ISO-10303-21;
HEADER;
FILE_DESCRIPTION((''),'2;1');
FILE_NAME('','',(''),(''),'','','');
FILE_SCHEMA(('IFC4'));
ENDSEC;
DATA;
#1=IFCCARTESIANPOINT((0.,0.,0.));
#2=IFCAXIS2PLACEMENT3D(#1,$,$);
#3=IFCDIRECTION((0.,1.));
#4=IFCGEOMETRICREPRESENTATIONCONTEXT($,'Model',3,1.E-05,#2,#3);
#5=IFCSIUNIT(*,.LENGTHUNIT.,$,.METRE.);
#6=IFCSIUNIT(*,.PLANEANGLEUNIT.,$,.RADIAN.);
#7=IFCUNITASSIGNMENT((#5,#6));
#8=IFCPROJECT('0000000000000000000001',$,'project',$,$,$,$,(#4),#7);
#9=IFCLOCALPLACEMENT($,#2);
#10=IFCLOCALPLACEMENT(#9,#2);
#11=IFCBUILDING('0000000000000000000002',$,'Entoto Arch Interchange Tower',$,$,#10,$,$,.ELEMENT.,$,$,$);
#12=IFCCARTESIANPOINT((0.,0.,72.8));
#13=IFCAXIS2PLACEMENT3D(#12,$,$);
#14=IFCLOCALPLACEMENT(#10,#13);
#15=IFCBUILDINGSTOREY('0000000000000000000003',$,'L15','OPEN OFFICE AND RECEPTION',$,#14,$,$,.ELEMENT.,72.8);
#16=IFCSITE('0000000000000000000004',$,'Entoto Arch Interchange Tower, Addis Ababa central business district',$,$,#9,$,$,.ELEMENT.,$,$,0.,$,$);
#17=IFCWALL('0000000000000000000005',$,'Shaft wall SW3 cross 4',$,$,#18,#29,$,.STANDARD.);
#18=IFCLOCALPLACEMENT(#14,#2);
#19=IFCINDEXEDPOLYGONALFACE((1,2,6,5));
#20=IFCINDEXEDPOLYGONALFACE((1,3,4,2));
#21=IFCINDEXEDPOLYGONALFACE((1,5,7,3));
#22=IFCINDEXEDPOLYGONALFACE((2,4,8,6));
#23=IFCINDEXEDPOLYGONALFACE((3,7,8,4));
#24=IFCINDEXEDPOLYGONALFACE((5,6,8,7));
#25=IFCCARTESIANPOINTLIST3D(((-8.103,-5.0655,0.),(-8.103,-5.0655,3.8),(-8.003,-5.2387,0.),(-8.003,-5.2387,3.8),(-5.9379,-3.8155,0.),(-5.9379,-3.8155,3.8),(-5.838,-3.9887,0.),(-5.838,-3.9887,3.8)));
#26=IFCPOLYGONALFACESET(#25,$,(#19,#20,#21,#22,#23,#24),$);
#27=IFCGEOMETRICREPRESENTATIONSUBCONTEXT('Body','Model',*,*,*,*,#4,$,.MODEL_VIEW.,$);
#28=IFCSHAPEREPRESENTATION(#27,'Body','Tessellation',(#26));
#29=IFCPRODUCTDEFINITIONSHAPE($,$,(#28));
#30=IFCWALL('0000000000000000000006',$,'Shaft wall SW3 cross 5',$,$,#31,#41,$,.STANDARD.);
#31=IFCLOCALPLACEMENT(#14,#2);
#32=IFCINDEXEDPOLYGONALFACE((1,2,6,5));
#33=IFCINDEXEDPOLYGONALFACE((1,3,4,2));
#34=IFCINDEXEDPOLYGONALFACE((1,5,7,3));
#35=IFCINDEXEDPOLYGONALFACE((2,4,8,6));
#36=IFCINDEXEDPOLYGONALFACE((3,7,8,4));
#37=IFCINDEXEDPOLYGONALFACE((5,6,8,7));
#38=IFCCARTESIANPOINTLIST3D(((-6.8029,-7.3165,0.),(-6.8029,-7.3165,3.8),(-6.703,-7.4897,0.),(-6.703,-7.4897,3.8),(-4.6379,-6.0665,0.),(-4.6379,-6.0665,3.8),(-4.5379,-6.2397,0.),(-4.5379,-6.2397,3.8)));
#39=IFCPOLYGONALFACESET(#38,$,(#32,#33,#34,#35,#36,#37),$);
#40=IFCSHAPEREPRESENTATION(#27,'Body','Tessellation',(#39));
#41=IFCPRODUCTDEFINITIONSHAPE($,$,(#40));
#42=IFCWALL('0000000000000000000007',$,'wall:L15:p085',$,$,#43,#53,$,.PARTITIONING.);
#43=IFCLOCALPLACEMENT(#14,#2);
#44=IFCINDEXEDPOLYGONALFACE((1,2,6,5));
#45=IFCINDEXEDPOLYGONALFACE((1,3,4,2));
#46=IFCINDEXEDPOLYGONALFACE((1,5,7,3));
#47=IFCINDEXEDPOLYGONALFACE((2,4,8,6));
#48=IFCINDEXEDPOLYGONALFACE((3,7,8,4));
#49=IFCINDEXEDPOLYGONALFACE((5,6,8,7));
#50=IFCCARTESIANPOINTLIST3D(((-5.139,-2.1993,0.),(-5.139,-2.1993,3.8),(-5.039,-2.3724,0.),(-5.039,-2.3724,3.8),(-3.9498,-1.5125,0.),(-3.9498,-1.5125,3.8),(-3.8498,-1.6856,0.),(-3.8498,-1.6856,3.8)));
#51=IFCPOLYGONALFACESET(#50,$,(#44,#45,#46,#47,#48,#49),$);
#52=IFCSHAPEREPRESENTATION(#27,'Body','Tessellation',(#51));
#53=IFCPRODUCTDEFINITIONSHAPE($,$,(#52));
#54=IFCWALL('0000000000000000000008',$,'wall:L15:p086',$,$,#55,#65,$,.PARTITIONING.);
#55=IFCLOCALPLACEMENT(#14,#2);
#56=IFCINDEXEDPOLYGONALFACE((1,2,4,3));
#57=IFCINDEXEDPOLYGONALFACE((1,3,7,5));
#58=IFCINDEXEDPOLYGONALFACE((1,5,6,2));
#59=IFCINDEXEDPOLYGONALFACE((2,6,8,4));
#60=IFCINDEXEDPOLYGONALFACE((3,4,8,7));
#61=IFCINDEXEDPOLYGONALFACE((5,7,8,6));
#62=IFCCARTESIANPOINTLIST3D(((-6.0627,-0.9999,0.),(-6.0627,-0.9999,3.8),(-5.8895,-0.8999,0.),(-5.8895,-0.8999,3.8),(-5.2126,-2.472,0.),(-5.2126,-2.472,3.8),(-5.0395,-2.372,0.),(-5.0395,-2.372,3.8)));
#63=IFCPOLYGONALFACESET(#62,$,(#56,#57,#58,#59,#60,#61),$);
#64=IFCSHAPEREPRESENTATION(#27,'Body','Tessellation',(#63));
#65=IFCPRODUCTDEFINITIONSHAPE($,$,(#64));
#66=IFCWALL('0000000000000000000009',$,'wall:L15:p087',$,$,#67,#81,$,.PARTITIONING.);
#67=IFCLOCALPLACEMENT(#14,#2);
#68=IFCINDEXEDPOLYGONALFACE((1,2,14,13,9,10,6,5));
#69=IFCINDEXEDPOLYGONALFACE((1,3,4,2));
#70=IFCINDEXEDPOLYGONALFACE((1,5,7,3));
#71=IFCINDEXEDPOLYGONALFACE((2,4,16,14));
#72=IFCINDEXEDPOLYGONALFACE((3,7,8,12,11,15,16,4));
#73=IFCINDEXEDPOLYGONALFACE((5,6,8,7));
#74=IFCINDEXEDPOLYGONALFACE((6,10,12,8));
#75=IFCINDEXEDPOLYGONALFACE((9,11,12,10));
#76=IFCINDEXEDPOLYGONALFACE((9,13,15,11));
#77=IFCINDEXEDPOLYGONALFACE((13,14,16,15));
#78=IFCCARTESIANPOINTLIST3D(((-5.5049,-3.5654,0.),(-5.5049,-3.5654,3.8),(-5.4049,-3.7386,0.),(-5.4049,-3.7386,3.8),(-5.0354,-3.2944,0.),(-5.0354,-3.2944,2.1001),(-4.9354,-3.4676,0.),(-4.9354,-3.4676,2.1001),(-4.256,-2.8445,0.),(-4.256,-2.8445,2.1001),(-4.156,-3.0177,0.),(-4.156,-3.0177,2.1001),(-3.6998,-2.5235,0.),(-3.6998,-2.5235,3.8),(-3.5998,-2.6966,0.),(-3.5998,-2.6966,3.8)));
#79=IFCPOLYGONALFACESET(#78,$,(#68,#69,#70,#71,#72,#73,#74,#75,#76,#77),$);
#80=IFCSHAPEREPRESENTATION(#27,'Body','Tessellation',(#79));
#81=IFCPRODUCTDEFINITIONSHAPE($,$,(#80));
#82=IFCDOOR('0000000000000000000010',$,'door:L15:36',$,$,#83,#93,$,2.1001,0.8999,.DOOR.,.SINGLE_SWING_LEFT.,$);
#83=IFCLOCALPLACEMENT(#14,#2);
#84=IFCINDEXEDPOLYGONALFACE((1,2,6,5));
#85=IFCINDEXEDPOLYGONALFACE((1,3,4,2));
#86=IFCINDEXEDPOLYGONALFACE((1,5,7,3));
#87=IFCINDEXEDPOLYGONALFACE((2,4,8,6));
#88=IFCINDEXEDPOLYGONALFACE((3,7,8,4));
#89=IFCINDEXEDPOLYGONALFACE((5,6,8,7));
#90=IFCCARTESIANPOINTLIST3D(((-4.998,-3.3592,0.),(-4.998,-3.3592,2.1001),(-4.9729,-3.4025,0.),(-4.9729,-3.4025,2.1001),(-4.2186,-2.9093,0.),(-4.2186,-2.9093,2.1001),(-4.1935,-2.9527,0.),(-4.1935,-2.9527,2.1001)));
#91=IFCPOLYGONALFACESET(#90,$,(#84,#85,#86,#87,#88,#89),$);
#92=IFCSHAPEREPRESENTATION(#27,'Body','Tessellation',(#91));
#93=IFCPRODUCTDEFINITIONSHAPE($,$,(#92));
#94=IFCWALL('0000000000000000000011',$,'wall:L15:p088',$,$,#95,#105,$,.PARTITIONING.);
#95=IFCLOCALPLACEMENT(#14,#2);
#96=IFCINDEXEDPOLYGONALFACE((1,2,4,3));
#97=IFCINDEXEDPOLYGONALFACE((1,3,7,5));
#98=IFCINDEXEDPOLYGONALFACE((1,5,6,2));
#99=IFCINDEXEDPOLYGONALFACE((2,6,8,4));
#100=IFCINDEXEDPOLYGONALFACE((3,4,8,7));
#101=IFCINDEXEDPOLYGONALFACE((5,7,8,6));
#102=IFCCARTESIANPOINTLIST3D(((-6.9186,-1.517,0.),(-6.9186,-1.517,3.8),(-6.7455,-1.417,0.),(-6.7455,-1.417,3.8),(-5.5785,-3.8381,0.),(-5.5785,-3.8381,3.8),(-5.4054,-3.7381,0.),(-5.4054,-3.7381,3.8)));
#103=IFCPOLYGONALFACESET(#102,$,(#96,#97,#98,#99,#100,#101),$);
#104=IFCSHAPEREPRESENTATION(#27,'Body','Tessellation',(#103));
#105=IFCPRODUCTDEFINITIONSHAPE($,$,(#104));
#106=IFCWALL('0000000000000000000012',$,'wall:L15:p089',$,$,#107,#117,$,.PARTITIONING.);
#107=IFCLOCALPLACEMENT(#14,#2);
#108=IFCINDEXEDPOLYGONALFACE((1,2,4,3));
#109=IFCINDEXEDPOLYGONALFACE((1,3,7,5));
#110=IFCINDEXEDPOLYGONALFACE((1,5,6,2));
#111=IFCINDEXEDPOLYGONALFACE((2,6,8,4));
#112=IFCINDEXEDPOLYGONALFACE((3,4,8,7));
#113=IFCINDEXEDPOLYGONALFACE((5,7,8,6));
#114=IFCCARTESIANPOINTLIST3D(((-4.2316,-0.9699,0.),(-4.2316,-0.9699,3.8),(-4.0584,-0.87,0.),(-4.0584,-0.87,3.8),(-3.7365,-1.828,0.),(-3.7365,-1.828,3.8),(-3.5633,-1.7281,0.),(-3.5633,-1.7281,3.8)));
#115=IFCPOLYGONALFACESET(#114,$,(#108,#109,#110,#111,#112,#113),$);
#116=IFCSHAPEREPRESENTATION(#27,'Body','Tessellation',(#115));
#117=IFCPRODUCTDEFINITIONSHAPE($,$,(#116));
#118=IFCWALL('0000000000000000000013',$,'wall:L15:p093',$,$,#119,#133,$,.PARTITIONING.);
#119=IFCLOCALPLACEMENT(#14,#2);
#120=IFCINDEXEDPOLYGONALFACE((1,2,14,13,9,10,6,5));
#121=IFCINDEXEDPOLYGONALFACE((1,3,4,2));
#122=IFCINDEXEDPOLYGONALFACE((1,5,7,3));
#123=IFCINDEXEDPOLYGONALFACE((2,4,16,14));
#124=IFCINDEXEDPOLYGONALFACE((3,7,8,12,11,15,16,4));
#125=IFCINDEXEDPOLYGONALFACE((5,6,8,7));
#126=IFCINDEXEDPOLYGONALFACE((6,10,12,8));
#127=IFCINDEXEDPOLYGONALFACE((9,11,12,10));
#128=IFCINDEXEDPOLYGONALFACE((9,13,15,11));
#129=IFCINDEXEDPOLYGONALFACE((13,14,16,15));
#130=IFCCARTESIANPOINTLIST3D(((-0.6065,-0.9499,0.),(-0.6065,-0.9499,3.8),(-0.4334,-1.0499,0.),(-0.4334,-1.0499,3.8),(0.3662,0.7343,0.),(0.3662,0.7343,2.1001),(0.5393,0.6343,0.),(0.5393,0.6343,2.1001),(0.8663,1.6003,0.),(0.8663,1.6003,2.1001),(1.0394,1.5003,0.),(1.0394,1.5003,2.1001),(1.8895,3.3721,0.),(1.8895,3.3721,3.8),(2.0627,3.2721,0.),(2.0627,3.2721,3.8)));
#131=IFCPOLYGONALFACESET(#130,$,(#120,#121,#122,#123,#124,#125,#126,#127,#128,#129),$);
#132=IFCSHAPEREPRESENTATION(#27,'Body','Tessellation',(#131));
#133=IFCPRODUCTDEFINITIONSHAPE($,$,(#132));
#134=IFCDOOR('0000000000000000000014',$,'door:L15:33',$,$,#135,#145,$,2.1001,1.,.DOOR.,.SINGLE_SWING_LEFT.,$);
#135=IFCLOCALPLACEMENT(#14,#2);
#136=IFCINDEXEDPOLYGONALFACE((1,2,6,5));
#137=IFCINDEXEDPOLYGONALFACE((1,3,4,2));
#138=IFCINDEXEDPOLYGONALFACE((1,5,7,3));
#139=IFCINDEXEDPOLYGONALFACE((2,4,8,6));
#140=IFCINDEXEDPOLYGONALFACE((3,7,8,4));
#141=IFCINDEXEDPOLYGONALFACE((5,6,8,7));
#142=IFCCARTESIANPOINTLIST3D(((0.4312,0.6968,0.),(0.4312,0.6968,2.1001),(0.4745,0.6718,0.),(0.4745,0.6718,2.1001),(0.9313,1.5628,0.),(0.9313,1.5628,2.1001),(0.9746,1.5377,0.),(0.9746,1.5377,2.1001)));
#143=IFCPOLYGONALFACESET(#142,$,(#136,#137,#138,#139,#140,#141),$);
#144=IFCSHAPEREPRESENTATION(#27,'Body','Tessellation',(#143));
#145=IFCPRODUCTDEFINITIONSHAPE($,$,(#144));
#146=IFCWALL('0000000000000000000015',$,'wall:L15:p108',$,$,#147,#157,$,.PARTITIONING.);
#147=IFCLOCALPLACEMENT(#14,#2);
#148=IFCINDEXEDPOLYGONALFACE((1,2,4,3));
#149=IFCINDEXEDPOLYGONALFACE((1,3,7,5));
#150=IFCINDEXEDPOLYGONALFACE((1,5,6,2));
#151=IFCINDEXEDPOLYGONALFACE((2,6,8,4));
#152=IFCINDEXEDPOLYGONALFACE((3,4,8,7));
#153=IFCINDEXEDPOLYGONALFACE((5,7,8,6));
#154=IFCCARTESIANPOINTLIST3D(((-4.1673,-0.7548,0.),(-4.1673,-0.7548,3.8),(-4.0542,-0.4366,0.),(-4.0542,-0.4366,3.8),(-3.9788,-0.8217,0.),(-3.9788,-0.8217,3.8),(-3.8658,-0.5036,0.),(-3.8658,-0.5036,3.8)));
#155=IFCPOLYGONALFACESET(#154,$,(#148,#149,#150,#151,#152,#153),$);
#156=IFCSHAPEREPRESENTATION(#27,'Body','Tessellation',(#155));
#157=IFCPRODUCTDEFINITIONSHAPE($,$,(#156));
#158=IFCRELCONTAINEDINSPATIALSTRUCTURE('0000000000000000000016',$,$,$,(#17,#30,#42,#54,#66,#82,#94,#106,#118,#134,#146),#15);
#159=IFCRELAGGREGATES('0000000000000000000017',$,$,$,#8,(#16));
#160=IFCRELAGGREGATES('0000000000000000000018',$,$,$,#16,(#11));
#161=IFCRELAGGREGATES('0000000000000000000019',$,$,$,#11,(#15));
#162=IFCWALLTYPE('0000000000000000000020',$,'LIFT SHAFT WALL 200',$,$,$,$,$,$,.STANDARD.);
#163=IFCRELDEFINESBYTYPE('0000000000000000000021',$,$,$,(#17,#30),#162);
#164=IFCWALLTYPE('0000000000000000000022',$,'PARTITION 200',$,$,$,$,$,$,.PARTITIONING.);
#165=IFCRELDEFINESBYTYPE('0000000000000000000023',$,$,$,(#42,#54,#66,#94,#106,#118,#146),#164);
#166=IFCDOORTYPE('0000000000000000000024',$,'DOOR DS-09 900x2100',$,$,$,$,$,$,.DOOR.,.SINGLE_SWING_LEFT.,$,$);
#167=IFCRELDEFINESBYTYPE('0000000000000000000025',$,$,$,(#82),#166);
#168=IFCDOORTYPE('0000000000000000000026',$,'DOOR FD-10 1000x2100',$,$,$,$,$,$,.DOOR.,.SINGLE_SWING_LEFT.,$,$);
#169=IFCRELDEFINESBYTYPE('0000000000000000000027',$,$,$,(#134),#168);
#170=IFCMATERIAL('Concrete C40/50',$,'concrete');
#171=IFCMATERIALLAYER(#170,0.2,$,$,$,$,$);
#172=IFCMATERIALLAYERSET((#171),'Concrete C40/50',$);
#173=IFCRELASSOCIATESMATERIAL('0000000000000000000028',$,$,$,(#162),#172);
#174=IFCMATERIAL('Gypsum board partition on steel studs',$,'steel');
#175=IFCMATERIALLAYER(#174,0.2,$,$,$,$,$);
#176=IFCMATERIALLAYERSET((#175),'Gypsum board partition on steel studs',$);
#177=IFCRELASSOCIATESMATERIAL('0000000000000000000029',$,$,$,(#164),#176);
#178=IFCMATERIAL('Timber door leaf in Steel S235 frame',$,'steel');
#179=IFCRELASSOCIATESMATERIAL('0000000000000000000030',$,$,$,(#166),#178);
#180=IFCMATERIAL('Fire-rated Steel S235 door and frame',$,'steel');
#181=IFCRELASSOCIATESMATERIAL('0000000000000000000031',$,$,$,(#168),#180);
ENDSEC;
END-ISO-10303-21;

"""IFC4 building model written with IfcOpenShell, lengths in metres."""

from ifc_helpers import new_model, si_unit, direction, frame, frame_2d, origin, place, context, subcontext, project, spatial, rectangle, extrude, material, layer, layer_set, type_object, element, fill, save


model = new_model("IFC4")

# Units and contexts
model_context = context("Model", 3, precision=1e-05, world=origin(), true_north=direction((0.0, 1.0)))
body_context = subcontext(model_context, "Body", "Model", "MODEL_VIEW")
ifc_project = project(units=[si_unit("LENGTHUNIT", "METRE"), si_unit("PLANEANGLEUNIT", "RADIAN")], contexts=[model_context])

# Site, building, storey
site_placement = place(None, origin())
site = spatial("IfcSite", under=ifc_project, at=site_placement, Name="Entoto Arch Interchange Tower, Addis Ababa central business district", CompositionType="ELEMENT", RefElevation=0.0)
building_placement = place(site_placement, origin())
building = spatial("IfcBuilding", under=site, at=building_placement, Name="Entoto Arch Interchange Tower", CompositionType="ELEMENT")
storey_placement = place(building_placement, frame((0.0, 0.0, 72.8)))
storey = spatial("IfcBuildingStorey", under=building, at=storey_placement, Name="L15", Description="OPEN OFFICE AND RECEPTION", CompositionType="ELEMENT", Elevation=72.8)

# Walls
ifc_material_1 = material(Name="Concrete C40/50", Category="concrete")
ifc_layer_1 = layer(ifc_material_1, 0.2)
ifc_layer_set_1 = layer_set([ifc_layer_1], Name="Concrete C40/50")
wall_type_1 = type_object("IfcWallType", Name="LIFT SHAFT WALL 200", PredefinedType="STANDARD", material=ifc_layer_set_1)
for number, where, z_axis, x_axis, name in (
    (1, (-5.8879, -3.9021, 0.0), (0.0, 0.0, 1.0), (-0.866023, -0.500004, 0.0), "Shaft wall SW3 cross 4"),
    (2, (-4.5879, -6.1531, 0.0), (0.0, 0.0, 1.0), (-0.866023, -0.500004, 0.0), "Shaft wall SW3 cross 5"),
):
    element("IfcWall", number, at=place(storey_placement, frame(where, z_axis=z_axis, x_axis=x_axis)), inside=storey, type_object=wall_type_1, Name=name, PredefinedType="STANDARD", context=body_context, shape_type="SweptSolid", body=[
        extrude(rectangle(XDim=2.5, YDim=0.2, at=frame_2d((1.25, 0.0))), origin(), (0.0, 0.0, 1.0), 3.8),
    ])
ifc_material_2 = material(Name="Gypsum board partition on steel studs", Category="steel")
ifc_layer_2 = layer(ifc_material_2, 0.2)
ifc_layer_set_2 = layer_set([ifc_layer_2], Name="Gypsum board partition on steel studs")
wall_type_2 = type_object("IfcWallType", Name="PARTITION 200", PredefinedType="PARTITIONING", material=ifc_layer_set_2)
wall_1_placement = place(storey_placement, frame((-3.8999, -1.5991, 0.0), z_axis=(0.0, 0.0, 1.0), x_axis=(-0.865969, -0.500097, 0.0)))
element("IfcWall", 3, at=wall_1_placement, inside=storey, type_object=wall_type_2, Name="wall:L15:p085", PredefinedType="PARTITIONING", context=body_context, shape_type="SweptSolid", body=[
    extrude(rectangle(XDim=1.3733, YDim=0.2, at=frame_2d((0.6865, 0.0))), origin(), (0.0, 0.0, 1.0), 3.8),
])
wall_2_placement = place(storey_placement, frame((-5.126, -2.4221, 0.0), z_axis=(0.0, 0.0, 1.0), x_axis=(-0.500062, 0.865989, 0.0)))
element("IfcWall", 4, at=wall_2_placement, inside=storey, type_object=wall_type_2, Name="wall:L15:p086", PredefinedType="PARTITIONING", context=body_context, shape_type="SweptSolid", body=[
    extrude(rectangle(XDim=1.7, YDim=0.2, at=frame_2d((0.8501, 0.0))), origin(), (0.0, 0.0, 1.0), 3.8),
])

# Wall, opening, door
wall_3_placement = place(storey_placement, frame((-3.6499, -2.6101, 0.0), z_axis=(0.0, 0.0, 1.0), x_axis=(-0.866072, -0.499918, 0.0)))
wall_3 = element("IfcWall", 5, at=wall_3_placement, inside=storey, type_object=wall_type_2, Name="wall:L15:p087", PredefinedType="PARTITIONING", context=body_context, shape_type="SweptSolid", body=[
    extrude(rectangle(XDim=2.0842, YDim=0.2, at=frame_2d((1.042, 0.0))), origin(), (0.0, 0.0, 1.0), 3.8),
])
opening_1_placement = place(wall_3_placement, frame((0.6421, 0.0, 0.0)))
opening_1 = element("IfcOpeningElement", 6, at=opening_1_placement, cuts=wall_3, PredefinedType="OPENING", context=body_context, shape_type="SweptSolid", body=[
    extrude(rectangle(XDim=0.8999, YDim=2.1001, at=frame_2d((0.45, 1.05))), frame((0.0, 0.1099, 0.0), z_axis=(0.0, -1.0, 0.0), x_axis=(1.0, 0.0, 0.0)), (0.0, 0.0, 1.0), 0.22),
])
ifc_material_3 = material(Name="Timber door leaf in Steel S235 frame", Category="steel")
door_type_1 = type_object("IfcDoorType", Name="DOOR DS-09 900x2100", OperationType="SINGLE_SWING_LEFT", PredefinedType="DOOR", material=ifc_material_3)
door_1_placement = place(opening_1_placement, origin())
door_1 = element("IfcDoor", 7, at=door_1_placement, inside=storey, type_object=door_type_1, Name="door:L15:36", OperationType="SINGLE_SWING_LEFT", OverallHeight=2.1001, OverallWidth=0.8999, PredefinedType="DOOR", context=body_context, shape_type="SweptSolid", body=[
    extrude(rectangle(XDim=0.8999, YDim=2.1001, at=frame_2d((0.45, 1.05))), frame((0.0, 0.0249, 0.0), z_axis=(0.0, -1.0, 0.0), x_axis=(1.0, 0.0, 0.0)), (0.0, 0.0, 1.0), 0.05),
])
fill(opening_1, door_1)

# Walls
wall_4_placement = place(storey_placement, frame((-5.4919, -3.7881, 0.0), z_axis=(0.0, 0.0, 1.0), x_axis=(-0.500009, 0.86602, 0.0)))
element("IfcWall", 8, at=wall_4_placement, inside=storey, type_object=wall_type_2, Name="wall:L15:p088", PredefinedType="PARTITIONING", context=body_context, shape_type="SweptSolid", body=[
    extrude(rectangle(XDim=2.6802, YDim=0.2, at=frame_2d((1.3401, 0.0))), origin(), (0.0, 0.0, 1.0), 3.8),
])
wall_5_placement = place(storey_placement, frame((-4.145, -0.9199, 0.0), z_axis=(0.0, 0.0, 1.0), x_axis=(0.499744, -0.866173, 0.0)))
element("IfcWall", 9, at=wall_5_placement, inside=storey, type_object=wall_type_2, Name="wall:L15:p089", PredefinedType="PARTITIONING", context=body_context, shape_type="SweptSolid", body=[
    extrude(rectangle(XDim=0.9907, YDim=0.2, at=frame_2d((0.4954, 0.0))), origin(), (0.0, 0.0, 1.0), 3.8),
])

# Wall, opening, door
wall_6_placement = place(storey_placement, frame((-0.52, -1.0, 0.0), z_axis=(0.0, 0.0, 1.0), x_axis=(0.500116, 0.865958, 0.0)))
wall_6 = element("IfcWall", 10, at=wall_6_placement, inside=storey, type_object=wall_type_2, Name="wall:L15:p093", PredefinedType="PARTITIONING", context=body_context, shape_type="SweptSolid", body=[
    extrude(rectangle(XDim=4.991, YDim=0.2, at=frame_2d((2.4956, 0.0))), origin(), (0.0, 0.0, 1.0), 3.8),
])
opening_2_placement = place(wall_6_placement, frame((1.9451, 0.0, 0.0)))
opening_2 = element("IfcOpeningElement", 11, at=opening_2_placement, cuts=wall_6, PredefinedType="OPENING", context=body_context, shape_type="SweptSolid", body=[
    extrude(rectangle(XDim=1.0, YDim=2.1001, at=frame_2d((0.5, 1.05))), frame((0.0, 0.1099, 0.0), z_axis=(0.0, -1.0, 0.0), x_axis=(1.0, 0.0, 0.0)), (0.0, 0.0, 1.0), 0.22),
])
ifc_material_4 = material(Name="Fire-rated Steel S235 door and frame", Category="steel")
door_type_2 = type_object("IfcDoorType", Name="DOOR FD-10 1000x2100", OperationType="SINGLE_SWING_LEFT", PredefinedType="DOOR", material=ifc_material_4)
door_2_placement = place(opening_2_placement, origin())
door_2 = element("IfcDoor", 12, at=door_2_placement, inside=storey, type_object=door_type_2, Name="door:L15:33", OperationType="SINGLE_SWING_LEFT", OverallHeight=2.1001, OverallWidth=1.0, PredefinedType="DOOR", context=body_context, shape_type="SweptSolid", body=[
    extrude(rectangle(XDim=1.0, YDim=2.1001, at=frame_2d((0.5, 1.05))), frame((0.0, 0.0249, 0.0), z_axis=(0.0, -1.0, 0.0), x_axis=(1.0, 0.0, 0.0)), (0.0, 0.0, 1.0), 0.05),
])
fill(opening_2, door_2)

# Wall
wall_7_placement = place(storey_placement, frame((-3.96, -0.47, 0.0), z_axis=(0.0, 0.0, 1.0), x_axis=(-0.334824, -0.942281, 0.0)))
element("IfcWall", 13, at=wall_7_placement, inside=storey, type_object=wall_type_2, Name="wall:L15:p108", PredefinedType="PARTITIONING", context=body_context, shape_type="SweptSolid", body=[
    extrude(rectangle(XDim=0.3376, YDim=0.2, at=frame_2d((0.1689, 0.0))), origin(), (0.0, 0.0, 1.0), 3.8),
])

save(model, "model.ifc")
